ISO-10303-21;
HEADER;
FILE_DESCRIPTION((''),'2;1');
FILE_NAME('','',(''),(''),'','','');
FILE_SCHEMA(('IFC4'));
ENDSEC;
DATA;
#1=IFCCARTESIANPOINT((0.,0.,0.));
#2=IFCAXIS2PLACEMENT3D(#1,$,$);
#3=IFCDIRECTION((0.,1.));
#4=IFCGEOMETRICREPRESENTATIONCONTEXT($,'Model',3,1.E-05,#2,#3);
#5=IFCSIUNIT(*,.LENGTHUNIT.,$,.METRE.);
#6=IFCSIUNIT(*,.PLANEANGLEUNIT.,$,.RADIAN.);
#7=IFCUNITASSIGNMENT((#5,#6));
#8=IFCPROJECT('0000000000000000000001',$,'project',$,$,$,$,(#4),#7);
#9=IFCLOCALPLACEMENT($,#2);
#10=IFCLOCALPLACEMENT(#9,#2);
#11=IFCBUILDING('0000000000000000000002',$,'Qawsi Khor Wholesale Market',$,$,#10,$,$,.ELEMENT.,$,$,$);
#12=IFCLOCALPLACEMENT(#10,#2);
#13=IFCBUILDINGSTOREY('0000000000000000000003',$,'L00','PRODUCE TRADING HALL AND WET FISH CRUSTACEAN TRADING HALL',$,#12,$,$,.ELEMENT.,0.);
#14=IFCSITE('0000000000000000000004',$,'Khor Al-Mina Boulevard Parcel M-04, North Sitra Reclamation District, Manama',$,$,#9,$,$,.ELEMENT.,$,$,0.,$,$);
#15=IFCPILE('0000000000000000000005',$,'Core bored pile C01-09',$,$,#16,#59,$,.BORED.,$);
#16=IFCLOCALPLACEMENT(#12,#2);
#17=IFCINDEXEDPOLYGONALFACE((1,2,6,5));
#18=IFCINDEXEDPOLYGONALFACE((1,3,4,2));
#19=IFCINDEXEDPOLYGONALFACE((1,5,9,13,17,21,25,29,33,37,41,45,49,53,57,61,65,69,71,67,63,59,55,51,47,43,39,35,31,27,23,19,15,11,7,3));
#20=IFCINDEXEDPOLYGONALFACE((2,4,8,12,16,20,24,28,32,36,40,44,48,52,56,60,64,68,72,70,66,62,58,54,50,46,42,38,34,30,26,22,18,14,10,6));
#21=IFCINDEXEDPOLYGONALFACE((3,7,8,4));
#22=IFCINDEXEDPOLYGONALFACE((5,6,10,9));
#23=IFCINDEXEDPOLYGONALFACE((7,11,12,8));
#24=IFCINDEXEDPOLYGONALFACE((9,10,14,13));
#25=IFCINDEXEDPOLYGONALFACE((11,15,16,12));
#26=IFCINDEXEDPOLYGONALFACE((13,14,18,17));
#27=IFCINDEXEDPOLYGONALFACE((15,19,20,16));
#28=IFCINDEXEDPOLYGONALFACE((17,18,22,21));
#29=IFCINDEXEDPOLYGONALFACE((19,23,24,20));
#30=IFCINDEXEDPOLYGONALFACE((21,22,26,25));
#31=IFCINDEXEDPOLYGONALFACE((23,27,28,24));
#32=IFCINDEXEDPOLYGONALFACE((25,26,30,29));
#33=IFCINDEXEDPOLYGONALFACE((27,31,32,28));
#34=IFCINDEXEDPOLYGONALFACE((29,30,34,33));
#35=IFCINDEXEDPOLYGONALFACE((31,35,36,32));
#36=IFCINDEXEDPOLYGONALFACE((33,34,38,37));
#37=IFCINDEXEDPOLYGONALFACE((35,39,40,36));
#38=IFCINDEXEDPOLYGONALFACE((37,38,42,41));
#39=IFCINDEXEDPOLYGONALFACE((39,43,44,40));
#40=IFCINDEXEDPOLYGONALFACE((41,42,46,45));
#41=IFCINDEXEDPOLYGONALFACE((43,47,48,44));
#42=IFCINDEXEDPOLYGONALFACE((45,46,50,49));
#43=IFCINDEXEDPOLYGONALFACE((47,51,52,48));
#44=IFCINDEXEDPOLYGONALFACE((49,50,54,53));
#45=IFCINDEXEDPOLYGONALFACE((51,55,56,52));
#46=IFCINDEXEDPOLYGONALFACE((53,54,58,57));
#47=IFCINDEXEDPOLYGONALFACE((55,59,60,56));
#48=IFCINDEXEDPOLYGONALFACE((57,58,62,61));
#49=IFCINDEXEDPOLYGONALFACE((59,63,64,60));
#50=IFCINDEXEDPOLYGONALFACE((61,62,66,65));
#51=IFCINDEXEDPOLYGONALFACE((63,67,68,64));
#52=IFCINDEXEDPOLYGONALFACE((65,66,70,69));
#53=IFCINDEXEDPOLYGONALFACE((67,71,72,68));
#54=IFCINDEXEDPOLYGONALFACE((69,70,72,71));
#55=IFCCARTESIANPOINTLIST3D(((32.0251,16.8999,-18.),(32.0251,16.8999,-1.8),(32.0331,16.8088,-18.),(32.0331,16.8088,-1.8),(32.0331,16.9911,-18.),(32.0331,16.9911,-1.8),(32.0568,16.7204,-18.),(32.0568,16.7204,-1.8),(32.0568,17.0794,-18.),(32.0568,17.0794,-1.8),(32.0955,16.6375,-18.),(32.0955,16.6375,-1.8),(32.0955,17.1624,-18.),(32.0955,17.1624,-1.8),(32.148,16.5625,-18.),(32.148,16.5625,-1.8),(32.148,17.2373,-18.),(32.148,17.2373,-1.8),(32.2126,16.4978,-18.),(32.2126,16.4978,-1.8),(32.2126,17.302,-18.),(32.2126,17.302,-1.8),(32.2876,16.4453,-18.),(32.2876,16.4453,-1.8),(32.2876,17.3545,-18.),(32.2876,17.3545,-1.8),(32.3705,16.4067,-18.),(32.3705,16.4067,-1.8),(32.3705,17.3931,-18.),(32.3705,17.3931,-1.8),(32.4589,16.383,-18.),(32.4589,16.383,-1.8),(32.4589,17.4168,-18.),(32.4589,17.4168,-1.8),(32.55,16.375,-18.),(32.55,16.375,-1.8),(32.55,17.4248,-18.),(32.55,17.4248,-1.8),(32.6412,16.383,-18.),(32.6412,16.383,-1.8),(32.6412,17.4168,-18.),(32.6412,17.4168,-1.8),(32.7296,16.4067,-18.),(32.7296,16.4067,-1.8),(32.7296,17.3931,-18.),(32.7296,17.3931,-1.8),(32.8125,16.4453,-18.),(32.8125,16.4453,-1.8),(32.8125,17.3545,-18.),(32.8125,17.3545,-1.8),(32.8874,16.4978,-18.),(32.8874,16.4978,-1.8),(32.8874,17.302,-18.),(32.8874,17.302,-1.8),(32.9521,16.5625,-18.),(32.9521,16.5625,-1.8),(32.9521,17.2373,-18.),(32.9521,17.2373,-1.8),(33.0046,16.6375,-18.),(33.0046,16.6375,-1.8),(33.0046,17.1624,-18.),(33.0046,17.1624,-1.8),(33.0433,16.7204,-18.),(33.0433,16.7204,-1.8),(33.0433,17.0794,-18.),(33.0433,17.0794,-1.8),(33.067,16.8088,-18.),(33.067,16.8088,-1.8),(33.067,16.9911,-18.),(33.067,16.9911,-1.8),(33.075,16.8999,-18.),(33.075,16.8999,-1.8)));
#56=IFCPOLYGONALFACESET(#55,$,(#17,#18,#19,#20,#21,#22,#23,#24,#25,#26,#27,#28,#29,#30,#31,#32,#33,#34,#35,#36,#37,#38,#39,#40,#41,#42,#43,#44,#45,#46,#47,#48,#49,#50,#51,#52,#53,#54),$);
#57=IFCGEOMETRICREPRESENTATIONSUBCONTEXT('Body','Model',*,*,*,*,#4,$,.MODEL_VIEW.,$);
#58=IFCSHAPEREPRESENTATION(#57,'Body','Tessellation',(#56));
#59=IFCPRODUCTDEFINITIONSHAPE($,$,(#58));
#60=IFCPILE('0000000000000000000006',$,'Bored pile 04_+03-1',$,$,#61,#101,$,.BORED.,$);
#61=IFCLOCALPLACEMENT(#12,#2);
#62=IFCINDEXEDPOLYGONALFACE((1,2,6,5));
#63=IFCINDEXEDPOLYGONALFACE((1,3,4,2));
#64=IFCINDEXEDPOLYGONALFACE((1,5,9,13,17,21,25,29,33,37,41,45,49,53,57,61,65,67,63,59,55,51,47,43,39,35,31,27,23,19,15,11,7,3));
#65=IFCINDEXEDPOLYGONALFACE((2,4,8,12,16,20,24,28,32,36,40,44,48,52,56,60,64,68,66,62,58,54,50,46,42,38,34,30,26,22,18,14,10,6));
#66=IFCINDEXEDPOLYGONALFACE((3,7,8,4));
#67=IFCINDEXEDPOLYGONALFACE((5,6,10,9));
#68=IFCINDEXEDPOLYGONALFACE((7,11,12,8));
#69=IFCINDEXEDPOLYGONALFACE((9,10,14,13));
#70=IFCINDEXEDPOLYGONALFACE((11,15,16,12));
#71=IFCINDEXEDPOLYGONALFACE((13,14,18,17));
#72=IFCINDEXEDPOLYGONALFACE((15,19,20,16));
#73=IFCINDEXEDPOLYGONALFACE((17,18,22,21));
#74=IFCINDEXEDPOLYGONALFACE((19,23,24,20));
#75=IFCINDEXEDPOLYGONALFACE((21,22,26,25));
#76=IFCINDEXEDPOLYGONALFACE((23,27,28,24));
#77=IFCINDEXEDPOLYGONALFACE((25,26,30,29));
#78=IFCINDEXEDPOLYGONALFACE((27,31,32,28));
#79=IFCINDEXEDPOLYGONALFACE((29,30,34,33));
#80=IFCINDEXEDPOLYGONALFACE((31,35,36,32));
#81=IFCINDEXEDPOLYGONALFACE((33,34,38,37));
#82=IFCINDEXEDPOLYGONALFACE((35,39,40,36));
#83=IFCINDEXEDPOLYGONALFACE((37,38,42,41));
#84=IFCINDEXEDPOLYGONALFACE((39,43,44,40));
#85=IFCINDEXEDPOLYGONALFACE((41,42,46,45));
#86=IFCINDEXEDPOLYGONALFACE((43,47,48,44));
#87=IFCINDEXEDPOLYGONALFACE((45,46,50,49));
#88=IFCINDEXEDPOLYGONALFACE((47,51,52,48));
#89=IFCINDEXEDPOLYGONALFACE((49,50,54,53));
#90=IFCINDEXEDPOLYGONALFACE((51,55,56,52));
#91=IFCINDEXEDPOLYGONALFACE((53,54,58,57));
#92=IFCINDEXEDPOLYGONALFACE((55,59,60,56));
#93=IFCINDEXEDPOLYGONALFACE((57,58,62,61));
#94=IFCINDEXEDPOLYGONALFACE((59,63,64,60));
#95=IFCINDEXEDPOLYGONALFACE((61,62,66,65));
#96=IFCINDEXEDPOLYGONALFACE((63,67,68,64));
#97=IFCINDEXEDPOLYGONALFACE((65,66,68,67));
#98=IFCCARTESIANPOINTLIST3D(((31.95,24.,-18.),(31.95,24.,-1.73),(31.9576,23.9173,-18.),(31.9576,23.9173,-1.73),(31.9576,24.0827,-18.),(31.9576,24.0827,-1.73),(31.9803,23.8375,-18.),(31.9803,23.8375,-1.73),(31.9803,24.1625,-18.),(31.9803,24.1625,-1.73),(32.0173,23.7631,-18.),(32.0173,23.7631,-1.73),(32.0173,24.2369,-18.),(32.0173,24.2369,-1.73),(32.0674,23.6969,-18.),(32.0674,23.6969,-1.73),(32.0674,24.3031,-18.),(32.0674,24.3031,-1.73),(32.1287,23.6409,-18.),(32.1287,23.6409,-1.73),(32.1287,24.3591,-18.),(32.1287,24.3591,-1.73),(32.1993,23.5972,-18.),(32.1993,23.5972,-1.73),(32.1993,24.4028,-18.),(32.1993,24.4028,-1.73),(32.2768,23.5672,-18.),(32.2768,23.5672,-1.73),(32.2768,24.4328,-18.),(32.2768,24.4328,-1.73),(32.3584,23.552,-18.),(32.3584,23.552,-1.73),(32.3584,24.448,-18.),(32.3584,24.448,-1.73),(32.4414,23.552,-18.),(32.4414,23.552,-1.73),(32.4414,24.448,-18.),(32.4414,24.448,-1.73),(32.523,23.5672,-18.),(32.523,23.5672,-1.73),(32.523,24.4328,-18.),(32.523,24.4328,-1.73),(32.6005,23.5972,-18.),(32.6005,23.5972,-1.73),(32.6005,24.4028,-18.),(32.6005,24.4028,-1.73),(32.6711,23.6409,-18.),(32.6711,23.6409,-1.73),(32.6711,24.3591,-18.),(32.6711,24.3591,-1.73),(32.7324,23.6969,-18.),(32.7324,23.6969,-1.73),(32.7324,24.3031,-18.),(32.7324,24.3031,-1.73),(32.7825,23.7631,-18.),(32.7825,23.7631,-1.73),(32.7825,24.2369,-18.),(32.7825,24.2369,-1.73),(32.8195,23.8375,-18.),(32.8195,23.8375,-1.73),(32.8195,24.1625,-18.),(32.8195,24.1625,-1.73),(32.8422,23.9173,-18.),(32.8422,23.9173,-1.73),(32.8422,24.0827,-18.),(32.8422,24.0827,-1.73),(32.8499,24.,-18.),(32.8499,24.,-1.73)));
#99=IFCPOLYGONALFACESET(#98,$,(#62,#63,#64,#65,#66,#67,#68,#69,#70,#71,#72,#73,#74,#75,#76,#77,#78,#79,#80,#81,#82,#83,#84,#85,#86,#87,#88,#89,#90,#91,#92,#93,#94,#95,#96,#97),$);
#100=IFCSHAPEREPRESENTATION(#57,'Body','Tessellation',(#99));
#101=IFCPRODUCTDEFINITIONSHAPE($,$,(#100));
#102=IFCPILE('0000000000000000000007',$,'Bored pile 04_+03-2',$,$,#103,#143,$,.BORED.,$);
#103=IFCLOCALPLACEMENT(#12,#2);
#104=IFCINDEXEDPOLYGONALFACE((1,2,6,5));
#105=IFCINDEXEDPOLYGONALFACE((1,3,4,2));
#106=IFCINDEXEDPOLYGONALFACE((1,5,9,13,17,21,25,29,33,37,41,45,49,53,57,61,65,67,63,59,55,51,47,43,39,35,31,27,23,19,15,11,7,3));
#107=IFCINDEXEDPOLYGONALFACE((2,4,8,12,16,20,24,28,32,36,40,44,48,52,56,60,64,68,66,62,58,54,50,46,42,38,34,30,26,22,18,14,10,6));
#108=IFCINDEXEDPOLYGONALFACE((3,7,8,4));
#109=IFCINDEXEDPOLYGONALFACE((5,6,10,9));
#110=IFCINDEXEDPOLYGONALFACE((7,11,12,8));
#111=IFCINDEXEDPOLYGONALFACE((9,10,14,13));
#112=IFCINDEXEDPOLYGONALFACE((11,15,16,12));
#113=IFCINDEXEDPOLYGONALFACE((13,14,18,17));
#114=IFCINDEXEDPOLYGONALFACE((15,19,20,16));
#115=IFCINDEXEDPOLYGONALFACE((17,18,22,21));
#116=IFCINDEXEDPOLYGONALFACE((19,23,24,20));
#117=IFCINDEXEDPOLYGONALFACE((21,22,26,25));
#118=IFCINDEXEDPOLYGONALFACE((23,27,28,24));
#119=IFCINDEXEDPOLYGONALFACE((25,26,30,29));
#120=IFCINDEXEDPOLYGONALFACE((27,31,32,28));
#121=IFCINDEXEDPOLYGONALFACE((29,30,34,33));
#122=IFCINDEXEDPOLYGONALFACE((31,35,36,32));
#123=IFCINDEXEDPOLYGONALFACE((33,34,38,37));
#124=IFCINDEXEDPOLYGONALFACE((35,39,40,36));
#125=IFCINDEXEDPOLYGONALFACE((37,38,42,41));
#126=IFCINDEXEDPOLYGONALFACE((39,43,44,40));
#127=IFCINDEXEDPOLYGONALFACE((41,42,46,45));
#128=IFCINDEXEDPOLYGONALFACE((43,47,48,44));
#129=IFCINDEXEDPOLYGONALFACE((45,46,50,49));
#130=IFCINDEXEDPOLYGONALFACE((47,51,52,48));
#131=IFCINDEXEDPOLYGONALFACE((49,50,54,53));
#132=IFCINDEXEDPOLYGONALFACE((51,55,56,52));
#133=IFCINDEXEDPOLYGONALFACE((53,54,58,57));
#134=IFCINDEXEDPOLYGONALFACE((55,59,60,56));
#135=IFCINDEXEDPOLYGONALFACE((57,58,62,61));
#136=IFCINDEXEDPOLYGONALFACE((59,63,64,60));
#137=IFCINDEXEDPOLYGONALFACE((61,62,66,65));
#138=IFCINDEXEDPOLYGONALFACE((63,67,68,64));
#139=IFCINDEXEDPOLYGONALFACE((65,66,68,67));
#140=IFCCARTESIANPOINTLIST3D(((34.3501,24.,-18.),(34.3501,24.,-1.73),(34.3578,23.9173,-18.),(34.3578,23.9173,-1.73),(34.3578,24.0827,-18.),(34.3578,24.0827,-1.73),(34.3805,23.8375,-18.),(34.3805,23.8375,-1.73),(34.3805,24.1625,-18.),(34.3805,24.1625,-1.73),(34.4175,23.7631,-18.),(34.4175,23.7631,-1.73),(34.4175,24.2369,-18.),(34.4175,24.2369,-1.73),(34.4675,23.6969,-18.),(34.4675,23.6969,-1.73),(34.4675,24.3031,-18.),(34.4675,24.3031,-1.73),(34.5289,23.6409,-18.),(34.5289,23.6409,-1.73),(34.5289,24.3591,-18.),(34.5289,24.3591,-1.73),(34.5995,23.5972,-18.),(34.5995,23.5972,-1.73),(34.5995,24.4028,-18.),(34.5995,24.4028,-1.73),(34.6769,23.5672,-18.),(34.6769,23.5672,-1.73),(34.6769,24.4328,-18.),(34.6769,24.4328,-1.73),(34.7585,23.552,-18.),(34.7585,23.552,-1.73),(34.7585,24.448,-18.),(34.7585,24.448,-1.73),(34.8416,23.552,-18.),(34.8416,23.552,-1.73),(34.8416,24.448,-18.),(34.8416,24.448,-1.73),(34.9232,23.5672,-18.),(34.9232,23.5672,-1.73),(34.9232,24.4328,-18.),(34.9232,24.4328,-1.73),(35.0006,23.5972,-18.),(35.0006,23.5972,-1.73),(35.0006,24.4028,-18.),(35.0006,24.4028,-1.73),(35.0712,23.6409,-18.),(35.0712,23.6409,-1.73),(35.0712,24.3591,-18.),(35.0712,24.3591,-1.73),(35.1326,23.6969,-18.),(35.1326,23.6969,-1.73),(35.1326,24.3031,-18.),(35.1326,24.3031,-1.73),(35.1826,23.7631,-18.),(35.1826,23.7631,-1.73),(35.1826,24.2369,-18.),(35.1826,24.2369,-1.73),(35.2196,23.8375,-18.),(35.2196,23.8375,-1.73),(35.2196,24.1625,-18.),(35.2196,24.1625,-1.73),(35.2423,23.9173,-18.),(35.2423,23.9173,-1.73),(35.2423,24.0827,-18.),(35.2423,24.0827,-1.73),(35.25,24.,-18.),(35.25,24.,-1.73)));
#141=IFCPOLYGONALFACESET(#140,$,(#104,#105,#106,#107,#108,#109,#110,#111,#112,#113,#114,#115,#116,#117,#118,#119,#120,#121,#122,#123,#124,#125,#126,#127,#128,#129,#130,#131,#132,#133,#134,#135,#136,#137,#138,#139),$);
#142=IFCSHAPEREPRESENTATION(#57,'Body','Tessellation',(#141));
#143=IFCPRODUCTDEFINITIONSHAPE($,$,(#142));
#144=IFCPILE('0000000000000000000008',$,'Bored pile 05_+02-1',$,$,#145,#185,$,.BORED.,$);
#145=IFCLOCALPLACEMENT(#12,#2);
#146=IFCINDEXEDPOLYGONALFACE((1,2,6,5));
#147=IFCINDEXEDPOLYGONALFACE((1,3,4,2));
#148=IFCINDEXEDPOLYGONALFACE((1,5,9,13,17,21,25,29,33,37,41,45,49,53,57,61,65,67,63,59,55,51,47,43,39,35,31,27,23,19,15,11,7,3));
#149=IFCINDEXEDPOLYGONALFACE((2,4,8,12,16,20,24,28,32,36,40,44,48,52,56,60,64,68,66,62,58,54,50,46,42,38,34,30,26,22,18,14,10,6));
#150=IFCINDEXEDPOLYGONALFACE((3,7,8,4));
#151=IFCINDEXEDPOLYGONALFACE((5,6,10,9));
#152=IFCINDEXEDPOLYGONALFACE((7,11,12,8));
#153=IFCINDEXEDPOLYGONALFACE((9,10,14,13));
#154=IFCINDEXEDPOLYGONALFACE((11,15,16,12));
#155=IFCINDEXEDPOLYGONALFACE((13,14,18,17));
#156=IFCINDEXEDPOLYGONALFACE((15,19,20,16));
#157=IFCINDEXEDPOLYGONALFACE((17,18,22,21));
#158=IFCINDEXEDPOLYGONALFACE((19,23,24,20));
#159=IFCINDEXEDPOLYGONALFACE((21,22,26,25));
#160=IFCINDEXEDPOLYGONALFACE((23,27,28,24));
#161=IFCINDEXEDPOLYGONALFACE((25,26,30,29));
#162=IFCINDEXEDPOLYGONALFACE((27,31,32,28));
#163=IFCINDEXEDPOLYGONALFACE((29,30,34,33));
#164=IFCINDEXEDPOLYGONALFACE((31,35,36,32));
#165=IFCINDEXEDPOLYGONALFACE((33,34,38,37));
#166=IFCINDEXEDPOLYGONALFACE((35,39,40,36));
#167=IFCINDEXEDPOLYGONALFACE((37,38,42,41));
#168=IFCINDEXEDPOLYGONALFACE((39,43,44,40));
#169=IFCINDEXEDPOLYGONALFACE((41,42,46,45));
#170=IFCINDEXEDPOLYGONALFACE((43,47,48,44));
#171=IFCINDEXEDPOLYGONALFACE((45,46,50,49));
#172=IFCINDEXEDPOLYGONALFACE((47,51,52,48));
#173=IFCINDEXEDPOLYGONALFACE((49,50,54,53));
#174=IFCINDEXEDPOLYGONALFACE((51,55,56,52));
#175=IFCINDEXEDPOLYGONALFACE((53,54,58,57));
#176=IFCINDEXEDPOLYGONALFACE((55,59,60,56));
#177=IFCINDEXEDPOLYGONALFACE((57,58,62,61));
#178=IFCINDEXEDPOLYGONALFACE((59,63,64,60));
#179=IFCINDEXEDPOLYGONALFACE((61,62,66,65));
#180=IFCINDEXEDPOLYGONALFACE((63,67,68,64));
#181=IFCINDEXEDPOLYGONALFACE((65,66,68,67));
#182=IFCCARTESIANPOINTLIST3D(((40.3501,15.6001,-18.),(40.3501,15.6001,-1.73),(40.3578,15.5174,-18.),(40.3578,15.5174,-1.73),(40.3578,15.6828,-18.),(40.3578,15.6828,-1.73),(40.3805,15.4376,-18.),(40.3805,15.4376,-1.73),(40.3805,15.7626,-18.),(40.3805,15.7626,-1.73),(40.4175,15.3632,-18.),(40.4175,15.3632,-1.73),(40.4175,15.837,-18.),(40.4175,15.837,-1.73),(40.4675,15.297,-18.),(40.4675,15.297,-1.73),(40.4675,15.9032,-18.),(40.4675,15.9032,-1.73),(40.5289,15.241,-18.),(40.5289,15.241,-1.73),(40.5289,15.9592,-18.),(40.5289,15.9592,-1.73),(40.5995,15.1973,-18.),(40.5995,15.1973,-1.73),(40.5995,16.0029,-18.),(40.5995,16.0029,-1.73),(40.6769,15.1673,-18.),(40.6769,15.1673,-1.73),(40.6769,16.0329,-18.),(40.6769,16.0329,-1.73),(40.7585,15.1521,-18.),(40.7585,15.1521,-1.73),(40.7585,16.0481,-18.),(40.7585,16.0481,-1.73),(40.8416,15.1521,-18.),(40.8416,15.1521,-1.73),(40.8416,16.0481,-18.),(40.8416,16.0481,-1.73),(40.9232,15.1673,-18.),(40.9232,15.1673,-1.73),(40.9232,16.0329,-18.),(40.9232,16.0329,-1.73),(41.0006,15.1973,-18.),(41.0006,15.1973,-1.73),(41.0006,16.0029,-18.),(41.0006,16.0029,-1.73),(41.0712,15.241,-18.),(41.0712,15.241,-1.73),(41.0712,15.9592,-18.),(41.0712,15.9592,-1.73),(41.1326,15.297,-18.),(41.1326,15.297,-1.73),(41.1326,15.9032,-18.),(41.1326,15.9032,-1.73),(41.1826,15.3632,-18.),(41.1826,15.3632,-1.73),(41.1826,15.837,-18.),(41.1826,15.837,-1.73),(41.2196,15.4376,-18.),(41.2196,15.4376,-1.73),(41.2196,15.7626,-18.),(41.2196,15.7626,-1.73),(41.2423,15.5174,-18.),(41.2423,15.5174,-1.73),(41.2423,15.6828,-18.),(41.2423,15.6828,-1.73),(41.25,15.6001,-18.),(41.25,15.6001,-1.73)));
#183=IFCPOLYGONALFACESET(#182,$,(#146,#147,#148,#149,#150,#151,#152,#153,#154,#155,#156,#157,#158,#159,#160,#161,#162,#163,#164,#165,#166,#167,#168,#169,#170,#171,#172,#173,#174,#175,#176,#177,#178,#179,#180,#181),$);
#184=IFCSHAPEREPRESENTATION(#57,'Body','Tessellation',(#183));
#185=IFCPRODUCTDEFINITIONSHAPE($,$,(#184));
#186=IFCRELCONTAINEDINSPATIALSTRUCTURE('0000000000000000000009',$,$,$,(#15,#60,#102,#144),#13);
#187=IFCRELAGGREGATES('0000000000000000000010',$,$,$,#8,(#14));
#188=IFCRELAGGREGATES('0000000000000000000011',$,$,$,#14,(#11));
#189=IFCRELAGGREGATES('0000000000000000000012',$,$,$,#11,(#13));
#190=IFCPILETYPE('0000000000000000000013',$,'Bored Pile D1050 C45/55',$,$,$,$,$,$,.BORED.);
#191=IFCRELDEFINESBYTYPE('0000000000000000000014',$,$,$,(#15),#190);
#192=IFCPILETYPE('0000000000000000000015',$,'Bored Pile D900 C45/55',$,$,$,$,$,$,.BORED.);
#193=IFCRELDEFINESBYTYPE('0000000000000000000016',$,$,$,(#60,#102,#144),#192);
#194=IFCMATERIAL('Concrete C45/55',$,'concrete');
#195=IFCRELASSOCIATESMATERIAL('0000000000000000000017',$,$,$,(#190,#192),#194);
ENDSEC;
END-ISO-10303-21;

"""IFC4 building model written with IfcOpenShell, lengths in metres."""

from ifc_helpers import new_model, si_unit, direction, frame, origin, origin_2d, place, context, subcontext, project, spatial, circle, extrude, material, material_profile, profile_set, type_object, element, save


model = new_model("IFC4")

# Units and contexts
model_context = context("Model", 3, precision=1e-05, world=origin(), true_north=direction((0.0, 1.0)))
body_context = subcontext(model_context, "Body", "Model", "MODEL_VIEW")
ifc_project = project(units=[si_unit("LENGTHUNIT", "METRE"), si_unit("PLANEANGLEUNIT", "RADIAN")], contexts=[model_context])

# Site, building, storey
site_placement = place(None, origin())
site = spatial("IfcSite", under=ifc_project, at=site_placement, Name="Khor Al-Mina Boulevard Parcel M-04, North Sitra Reclamation District, Manama", CompositionType="ELEMENT", RefElevation=0.0)
building_placement = place(site_placement, origin())
building = spatial("IfcBuilding", under=site, at=building_placement, Name="Qawsi Khor Wholesale Market", CompositionType="ELEMENT")
storey_placement = place(building_placement, origin())
storey = spatial("IfcBuildingStorey", under=building, at=storey_placement, Name="L00", Description="PRODUCE TRADING HALL AND WET FISH CRUSTACEAN TRADING HALL", CompositionType="ELEMENT", Elevation=0.0)

# Piles
ifc_material_1 = material(Name="Concrete C45/55", Category="concrete")
ifc_material_profile_1 = material_profile(ifc_material_1, circle(Radius=0.5249, at=origin_2d()), Name="PILE D1050")
ifc_profile_set_1 = profile_set([ifc_material_profile_1], Name="Concrete C45/55")
pile_type_1 = type_object("IfcPileType", Name="Bored Pile D1050 C45/55", PredefinedType="BORED", material=ifc_profile_set_1)
for number, where, z_axis, x_axis, name in (
    (1, (32.55, 16.8999, -1.8), (0.0, 0.0, -1.0), (1.0, 0.0, 0.0), "Core bored pile C01-09"),
):
    element("IfcPile", number, at=place(storey_placement, frame(where, z_axis=z_axis, x_axis=x_axis)), inside=storey, type_object=pile_type_1, Name=name, PredefinedType="BORED", context=body_context, shape_type="SweptSolid", body=[
        extrude(circle(Radius=0.5249, at=origin_2d()), origin(), (0.0, 0.0, 1.0), 16.2),
    ])
ifc_material_profile_2 = material_profile(ifc_material_1, circle(Radius=0.45, at=origin_2d()), Name="PILE D900")
ifc_profile_set_2 = profile_set([ifc_material_profile_2], Name="Concrete C45/55")
pile_type_2 = type_object("IfcPileType", Name="Bored Pile D900 C45/55", PredefinedType="BORED", material=ifc_profile_set_2)
for number, where, z_axis, x_axis, name in (
    (2, (32.3999, 24.0, -1.73), (0.0, 0.0, -1.0), (1.0, 0.0, 0.0), "Bored pile 04_+03-1"),
    (3, (34.8, 24.0, -1.73), (0.0, 0.0, -1.0), (1.0, 0.0, 0.0), "Bored pile 04_+03-2"),
    (4, (40.8, 15.6001, -1.73), (0.0, 0.0, -1.0), (1.0, 0.0, 0.0), "Bored pile 05_+02-1"),
):
    element("IfcPile", number, at=place(storey_placement, frame(where, z_axis=z_axis, x_axis=x_axis)), inside=storey, type_object=pile_type_2, Name=name, PredefinedType="BORED", context=body_context, shape_type="SweptSolid", body=[
        extrude(circle(Radius=0.45, at=origin_2d()), origin(), (0.0, 0.0, 1.0), 16.27),
    ])

save(model, "model.ifc")
